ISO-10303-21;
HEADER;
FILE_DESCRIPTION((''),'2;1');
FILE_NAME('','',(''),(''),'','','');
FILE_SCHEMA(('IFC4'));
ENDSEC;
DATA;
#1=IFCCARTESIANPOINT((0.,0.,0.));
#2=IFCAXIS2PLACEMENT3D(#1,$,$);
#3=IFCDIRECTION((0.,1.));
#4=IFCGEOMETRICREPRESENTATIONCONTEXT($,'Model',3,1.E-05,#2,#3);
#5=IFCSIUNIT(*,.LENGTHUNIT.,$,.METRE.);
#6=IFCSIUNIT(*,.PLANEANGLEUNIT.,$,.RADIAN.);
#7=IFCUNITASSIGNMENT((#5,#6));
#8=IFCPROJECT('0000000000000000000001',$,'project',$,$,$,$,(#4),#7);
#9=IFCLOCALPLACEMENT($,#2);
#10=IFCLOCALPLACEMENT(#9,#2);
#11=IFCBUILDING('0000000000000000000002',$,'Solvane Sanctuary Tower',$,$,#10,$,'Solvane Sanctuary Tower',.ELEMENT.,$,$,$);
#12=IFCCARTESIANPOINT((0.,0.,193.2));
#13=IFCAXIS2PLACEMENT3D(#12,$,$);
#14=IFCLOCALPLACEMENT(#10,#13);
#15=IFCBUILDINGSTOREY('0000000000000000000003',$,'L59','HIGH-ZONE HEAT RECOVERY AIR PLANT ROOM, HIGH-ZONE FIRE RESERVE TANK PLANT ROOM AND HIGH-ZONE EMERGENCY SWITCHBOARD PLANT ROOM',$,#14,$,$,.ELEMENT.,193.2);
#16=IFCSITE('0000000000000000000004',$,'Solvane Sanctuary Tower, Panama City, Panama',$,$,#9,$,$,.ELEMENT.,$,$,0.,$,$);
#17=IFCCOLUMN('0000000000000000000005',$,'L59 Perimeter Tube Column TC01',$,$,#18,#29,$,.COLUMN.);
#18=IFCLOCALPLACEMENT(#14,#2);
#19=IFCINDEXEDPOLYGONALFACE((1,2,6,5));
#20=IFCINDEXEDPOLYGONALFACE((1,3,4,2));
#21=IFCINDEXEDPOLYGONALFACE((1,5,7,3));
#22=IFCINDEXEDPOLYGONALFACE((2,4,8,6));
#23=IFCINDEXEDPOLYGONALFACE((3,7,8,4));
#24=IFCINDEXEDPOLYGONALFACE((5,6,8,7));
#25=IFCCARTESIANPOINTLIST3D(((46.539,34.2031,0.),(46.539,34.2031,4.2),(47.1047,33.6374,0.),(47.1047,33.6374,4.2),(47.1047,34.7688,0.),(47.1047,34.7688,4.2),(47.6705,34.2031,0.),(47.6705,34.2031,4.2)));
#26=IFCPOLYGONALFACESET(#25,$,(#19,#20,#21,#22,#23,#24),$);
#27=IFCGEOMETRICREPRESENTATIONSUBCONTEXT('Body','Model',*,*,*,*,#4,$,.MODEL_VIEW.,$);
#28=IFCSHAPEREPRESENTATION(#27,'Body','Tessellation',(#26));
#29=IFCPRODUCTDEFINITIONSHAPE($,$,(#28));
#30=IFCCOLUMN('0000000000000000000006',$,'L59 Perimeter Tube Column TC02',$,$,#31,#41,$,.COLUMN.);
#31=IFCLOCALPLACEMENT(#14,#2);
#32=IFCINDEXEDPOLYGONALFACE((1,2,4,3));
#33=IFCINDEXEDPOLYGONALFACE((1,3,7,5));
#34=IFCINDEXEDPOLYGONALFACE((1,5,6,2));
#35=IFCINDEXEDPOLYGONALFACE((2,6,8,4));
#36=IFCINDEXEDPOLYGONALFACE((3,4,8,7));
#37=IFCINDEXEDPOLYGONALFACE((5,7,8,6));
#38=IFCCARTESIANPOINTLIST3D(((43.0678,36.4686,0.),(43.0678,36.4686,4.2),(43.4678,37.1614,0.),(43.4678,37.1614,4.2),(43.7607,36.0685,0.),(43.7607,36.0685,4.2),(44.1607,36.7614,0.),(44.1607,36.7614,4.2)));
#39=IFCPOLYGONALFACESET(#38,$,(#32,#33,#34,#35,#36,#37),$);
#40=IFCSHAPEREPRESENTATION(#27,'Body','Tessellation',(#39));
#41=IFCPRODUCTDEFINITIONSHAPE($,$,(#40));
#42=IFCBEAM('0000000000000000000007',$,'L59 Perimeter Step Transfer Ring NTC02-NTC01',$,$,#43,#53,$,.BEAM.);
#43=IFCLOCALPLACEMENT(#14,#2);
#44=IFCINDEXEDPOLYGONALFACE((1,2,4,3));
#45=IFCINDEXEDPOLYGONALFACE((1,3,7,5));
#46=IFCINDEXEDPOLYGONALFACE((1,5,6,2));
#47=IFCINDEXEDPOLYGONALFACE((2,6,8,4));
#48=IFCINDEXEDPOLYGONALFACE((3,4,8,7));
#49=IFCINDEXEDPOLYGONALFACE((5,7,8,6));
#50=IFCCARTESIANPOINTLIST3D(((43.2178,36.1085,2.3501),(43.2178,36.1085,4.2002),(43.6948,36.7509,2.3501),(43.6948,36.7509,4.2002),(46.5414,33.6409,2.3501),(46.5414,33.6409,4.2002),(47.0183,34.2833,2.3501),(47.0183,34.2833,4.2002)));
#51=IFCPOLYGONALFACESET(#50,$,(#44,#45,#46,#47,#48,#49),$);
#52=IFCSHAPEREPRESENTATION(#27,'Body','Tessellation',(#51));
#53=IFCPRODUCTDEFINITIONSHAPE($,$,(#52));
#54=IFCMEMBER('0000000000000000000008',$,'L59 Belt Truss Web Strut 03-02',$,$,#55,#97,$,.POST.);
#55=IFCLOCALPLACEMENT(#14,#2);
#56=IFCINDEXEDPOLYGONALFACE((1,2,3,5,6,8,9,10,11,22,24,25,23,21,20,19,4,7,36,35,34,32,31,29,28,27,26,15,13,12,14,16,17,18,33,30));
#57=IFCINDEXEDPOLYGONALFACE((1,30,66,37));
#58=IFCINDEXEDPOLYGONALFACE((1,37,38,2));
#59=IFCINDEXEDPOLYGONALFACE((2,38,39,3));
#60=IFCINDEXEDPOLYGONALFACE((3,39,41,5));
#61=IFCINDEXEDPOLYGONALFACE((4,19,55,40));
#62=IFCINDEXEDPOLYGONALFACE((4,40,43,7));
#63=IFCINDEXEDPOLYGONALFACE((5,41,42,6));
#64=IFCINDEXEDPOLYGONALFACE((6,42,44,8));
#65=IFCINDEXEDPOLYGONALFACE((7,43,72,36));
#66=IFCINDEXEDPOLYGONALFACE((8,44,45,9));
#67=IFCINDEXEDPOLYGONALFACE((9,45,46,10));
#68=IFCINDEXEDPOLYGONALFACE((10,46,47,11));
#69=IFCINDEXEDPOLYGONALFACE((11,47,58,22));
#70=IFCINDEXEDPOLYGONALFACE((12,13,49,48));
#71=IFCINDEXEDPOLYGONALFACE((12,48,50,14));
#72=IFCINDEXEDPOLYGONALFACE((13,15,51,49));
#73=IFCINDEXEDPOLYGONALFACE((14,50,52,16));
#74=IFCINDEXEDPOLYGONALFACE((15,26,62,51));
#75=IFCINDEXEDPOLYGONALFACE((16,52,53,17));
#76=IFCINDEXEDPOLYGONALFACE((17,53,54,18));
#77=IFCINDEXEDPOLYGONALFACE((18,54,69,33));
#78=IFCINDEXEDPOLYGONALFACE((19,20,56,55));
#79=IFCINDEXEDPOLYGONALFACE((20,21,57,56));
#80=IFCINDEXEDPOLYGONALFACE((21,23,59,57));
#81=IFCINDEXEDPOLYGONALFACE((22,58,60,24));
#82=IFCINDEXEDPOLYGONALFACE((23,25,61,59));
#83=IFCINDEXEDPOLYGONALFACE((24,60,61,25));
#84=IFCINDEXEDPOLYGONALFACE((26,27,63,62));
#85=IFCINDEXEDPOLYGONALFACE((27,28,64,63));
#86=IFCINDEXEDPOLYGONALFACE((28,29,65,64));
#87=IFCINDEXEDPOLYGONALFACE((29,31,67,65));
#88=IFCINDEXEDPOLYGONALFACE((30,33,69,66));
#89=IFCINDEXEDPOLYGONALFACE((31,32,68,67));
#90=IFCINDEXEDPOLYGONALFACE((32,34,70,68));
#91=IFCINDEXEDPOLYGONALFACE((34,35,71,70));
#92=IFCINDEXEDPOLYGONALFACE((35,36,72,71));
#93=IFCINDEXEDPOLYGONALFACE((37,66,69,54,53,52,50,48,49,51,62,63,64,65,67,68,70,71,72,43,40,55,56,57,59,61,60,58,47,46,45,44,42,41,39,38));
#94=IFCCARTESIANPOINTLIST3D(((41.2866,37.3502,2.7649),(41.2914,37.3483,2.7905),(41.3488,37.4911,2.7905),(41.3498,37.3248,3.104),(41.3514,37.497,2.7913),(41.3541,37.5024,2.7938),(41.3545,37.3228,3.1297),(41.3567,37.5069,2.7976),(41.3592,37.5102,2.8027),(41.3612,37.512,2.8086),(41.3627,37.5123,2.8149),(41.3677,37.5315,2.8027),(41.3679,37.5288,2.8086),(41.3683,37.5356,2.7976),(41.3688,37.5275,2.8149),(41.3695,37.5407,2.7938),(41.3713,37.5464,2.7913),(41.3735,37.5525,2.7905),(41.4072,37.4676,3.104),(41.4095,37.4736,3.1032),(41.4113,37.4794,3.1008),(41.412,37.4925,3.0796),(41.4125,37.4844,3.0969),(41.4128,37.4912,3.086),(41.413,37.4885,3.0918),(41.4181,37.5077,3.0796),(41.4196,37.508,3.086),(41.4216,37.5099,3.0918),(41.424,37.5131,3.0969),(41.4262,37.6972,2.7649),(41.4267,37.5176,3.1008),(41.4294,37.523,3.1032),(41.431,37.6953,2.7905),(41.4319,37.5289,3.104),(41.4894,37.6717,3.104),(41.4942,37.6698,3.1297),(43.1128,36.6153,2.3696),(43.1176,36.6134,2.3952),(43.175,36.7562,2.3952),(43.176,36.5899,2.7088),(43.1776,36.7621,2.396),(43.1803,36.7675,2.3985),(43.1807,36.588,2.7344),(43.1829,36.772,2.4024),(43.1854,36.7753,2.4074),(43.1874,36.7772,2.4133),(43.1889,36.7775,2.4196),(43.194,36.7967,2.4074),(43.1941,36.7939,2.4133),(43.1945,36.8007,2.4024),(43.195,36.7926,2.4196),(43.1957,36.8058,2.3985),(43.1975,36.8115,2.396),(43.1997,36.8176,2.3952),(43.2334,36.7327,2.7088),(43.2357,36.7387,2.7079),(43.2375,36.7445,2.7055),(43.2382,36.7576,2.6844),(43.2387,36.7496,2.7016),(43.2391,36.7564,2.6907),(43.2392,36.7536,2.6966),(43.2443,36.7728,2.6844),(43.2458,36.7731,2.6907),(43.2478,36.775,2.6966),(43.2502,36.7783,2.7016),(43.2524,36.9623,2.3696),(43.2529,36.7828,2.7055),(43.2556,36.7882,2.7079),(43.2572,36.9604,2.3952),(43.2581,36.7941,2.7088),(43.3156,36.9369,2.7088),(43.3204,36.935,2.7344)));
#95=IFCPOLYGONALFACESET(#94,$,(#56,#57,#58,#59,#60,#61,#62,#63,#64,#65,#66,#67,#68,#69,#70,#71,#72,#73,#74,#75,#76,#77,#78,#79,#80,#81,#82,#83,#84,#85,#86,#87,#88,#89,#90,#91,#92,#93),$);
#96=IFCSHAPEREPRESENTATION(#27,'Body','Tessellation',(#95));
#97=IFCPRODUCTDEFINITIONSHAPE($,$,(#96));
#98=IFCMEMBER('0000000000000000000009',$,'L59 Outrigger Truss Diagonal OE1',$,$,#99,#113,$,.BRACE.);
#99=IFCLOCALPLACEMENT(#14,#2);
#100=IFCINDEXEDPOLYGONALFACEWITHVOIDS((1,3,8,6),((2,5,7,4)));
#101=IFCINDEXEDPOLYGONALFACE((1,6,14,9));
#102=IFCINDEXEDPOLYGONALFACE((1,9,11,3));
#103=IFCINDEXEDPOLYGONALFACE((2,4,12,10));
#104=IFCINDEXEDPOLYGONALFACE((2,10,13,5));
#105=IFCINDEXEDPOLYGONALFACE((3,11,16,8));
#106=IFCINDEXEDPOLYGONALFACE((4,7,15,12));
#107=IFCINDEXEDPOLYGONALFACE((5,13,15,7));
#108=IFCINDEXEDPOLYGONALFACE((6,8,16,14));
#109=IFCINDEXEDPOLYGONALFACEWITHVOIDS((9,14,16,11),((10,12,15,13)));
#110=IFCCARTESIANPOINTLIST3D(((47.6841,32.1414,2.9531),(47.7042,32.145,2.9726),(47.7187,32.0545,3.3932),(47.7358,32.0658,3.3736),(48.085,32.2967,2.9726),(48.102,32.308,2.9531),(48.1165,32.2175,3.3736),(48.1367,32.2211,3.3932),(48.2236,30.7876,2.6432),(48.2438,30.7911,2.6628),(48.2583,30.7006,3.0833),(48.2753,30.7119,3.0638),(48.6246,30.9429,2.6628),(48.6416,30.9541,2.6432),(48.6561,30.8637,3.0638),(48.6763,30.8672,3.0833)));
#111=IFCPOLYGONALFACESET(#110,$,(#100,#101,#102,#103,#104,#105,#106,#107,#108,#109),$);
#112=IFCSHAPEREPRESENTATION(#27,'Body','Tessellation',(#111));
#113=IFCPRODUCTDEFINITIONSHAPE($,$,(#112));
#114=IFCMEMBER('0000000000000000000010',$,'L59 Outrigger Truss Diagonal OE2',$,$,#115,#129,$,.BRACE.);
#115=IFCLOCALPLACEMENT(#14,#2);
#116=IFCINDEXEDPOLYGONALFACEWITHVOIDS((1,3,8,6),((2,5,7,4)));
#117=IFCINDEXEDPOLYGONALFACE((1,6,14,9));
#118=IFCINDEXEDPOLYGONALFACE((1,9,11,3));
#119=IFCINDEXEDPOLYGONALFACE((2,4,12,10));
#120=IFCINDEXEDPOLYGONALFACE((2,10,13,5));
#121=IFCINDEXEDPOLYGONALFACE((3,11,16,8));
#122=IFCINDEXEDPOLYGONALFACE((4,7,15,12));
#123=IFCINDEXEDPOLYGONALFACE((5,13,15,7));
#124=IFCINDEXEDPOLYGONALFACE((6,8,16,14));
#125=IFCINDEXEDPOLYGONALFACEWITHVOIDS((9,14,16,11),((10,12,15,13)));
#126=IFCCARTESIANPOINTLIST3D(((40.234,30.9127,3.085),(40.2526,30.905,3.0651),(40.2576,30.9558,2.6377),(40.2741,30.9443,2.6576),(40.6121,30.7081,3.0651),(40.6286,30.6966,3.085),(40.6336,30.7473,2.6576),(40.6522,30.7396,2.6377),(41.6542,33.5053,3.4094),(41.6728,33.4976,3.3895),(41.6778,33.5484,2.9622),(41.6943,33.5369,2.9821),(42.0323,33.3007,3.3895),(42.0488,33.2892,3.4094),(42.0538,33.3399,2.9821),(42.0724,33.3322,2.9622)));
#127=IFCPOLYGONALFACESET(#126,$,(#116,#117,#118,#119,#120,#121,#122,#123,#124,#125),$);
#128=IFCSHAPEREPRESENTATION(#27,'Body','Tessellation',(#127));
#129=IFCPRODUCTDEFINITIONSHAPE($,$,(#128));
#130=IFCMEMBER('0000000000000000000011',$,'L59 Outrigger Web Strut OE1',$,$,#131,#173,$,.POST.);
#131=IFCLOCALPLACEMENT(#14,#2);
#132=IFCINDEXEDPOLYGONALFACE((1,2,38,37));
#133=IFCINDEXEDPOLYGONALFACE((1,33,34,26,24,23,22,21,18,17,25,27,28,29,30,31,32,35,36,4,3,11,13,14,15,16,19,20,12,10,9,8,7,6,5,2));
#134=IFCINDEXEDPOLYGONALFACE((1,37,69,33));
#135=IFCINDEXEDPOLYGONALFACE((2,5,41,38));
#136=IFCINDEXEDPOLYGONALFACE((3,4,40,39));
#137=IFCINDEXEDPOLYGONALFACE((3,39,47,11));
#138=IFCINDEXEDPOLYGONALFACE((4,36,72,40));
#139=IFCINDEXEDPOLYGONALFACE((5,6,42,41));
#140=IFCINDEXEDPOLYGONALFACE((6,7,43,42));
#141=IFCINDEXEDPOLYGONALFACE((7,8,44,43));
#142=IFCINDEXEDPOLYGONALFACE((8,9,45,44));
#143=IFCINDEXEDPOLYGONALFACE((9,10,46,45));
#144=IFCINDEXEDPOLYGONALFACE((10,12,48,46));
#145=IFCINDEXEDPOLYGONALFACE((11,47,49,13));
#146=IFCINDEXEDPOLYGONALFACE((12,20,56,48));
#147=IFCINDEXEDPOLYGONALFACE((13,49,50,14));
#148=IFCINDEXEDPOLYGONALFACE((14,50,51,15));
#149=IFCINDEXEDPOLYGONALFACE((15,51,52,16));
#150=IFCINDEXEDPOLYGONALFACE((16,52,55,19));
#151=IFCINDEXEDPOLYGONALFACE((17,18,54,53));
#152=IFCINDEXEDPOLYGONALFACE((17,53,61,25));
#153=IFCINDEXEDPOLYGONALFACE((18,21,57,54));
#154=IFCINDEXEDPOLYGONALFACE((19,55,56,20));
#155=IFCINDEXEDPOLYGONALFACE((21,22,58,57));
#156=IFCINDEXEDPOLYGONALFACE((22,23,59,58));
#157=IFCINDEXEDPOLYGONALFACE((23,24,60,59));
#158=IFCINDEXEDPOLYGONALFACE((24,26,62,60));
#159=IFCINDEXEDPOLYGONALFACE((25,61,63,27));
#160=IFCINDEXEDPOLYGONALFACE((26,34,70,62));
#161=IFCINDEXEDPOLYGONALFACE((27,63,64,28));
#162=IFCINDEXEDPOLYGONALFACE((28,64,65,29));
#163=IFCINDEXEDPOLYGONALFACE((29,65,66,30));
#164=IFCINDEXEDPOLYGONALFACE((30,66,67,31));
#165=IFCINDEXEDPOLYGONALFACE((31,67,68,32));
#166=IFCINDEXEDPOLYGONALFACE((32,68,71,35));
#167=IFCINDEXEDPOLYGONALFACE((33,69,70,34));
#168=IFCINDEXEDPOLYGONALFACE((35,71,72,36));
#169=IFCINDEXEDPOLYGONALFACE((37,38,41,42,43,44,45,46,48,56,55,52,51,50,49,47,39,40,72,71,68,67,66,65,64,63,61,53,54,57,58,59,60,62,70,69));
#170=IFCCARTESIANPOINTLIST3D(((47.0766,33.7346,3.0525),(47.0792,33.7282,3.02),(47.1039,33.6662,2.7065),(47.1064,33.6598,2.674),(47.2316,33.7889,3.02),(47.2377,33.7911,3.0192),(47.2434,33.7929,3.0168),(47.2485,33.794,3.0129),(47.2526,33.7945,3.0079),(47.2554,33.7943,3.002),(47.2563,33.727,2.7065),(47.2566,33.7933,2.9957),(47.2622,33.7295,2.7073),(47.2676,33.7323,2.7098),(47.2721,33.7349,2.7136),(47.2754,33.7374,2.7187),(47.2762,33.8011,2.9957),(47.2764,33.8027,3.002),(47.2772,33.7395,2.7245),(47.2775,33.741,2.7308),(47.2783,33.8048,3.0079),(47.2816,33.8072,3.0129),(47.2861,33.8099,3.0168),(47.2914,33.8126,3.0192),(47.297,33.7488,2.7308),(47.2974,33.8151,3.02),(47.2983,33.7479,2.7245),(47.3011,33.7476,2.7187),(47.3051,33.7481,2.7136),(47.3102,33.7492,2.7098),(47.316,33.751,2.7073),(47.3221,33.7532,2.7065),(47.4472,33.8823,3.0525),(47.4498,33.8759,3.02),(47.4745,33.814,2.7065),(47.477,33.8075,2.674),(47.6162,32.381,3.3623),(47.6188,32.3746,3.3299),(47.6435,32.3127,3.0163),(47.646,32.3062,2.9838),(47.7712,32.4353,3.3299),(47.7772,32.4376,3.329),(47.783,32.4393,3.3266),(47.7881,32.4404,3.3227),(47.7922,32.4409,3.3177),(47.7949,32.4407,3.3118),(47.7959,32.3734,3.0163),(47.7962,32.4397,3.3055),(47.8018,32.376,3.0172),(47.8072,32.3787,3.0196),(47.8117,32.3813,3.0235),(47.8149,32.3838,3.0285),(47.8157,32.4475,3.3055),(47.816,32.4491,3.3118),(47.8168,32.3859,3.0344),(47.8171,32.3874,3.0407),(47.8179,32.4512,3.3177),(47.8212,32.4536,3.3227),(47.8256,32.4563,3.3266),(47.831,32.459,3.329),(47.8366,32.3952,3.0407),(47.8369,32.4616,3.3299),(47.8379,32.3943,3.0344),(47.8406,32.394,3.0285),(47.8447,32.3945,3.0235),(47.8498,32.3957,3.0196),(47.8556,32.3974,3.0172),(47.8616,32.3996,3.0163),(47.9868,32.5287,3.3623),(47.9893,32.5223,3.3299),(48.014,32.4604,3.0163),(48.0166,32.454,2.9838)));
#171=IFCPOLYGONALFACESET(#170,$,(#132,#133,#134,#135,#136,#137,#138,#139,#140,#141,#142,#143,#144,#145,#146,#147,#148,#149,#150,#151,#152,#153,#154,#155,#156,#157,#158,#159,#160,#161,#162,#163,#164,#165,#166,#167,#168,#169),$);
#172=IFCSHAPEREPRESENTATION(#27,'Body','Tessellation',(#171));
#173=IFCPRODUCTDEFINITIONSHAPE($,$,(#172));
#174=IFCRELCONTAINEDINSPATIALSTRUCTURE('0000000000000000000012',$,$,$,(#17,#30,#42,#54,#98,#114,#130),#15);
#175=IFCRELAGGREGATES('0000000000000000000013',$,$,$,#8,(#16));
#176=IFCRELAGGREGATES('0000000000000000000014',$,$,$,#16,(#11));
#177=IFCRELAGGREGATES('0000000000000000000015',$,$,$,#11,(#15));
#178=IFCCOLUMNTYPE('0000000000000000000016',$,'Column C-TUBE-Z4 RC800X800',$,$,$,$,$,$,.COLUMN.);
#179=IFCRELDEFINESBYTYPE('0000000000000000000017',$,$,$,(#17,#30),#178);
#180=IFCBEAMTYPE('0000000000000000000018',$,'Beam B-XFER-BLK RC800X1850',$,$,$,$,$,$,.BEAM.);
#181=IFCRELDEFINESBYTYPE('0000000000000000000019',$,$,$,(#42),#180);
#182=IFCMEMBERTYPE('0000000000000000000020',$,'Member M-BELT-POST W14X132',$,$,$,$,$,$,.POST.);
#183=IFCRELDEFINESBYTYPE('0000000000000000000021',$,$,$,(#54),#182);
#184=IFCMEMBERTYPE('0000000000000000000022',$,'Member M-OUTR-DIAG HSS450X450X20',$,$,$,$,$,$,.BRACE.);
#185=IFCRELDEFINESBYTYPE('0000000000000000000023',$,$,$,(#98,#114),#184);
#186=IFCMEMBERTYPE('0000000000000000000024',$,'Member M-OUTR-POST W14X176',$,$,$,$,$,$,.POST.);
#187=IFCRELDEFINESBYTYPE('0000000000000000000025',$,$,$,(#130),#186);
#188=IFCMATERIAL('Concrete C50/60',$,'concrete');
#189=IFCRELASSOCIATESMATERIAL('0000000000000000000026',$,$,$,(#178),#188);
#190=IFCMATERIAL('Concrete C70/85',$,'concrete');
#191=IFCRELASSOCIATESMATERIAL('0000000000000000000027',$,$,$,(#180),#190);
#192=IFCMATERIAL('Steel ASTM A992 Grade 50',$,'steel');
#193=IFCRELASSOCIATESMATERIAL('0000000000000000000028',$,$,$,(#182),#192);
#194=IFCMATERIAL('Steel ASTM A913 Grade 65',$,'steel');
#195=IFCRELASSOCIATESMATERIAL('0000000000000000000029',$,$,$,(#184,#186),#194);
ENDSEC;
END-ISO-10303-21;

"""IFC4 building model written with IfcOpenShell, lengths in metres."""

from ifc_helpers import new_model, si_unit, direction, frame, origin, origin_2d, place, context, subcontext, project, spatial, rectangle, hollow_rectangle, i_section, extrude, material, material_profile, profile_set, type_object, element, save


model = new_model("IFC4")

# Units and contexts
model_context = context("Model", 3, precision=1e-05, world=origin(), true_north=direction((0.0, 1.0)))
body_context = subcontext(model_context, "Body", "Model", "MODEL_VIEW")
ifc_project = project(units=[si_unit("LENGTHUNIT", "METRE"), si_unit("PLANEANGLEUNIT", "RADIAN")], contexts=[model_context])

# Site, building, storey
site_placement = place(None, origin())
site = spatial("IfcSite", under=ifc_project, at=site_placement, Name="Solvane Sanctuary Tower, Panama City, Panama", CompositionType="ELEMENT", RefElevation=0.0)
building_placement = place(site_placement, origin())
building = spatial("IfcBuilding", under=site, at=building_placement, Name="Solvane Sanctuary Tower", LongName="Solvane Sanctuary Tower", CompositionType="ELEMENT")
storey_placement = place(building_placement, frame((0.0, 0.0, 193.2)))
storey = spatial("IfcBuildingStorey", under=building, at=storey_placement, Name="L59", Description="HIGH-ZONE HEAT RECOVERY AIR PLANT ROOM, HIGH-ZONE FIRE RESERVE TANK PLANT ROOM AND HIGH-ZONE EMERGENCY SWITCHBOARD PLANT ROOM", CompositionType="ELEMENT", Elevation=193.2)

# Columns
ifc_material_1 = material(Name="Concrete C50/60", Category="concrete")
ifc_material_profile_1 = material_profile(ifc_material_1, rectangle(XDim=0.8, YDim=0.8, at=origin_2d()), Name="RC800X800")
ifc_profile_set_1 = profile_set([ifc_material_profile_1], Name="Concrete C50/60")
column_type = type_object("IfcColumnType", Name="Column C-TUBE-Z4 RC800X800", PredefinedType="COLUMN", material=ifc_profile_set_1)
for number, where, z_axis, x_axis, name in (
    (1, (47.1047, 34.2031, 0.0), (0.0, 0.0, 1.0), (0.707107, 0.707107, 0.0), "L59 Perimeter Tube Column TC01"),
    (2, (43.6143, 36.615, 0.0), (0.0, 0.0, 1.0), (0.5, 0.866025, 0.0), "L59 Perimeter Tube Column TC02"),
):
    element("IfcColumn", number, at=place(storey_placement, frame(where, z_axis=z_axis, x_axis=x_axis)), inside=storey, type_object=column_type, Name=name, PredefinedType="COLUMN", context=body_context, shape_type="SweptSolid", body=[
        extrude(rectangle(XDim=0.8, YDim=0.8, at=origin_2d()), origin(), (0.0, 0.0, 1.0), 4.2),
    ])

# Beam
ifc_material_2 = material(Name="Concrete C70/85", Category="concrete")
ifc_material_profile_2 = material_profile(ifc_material_2, rectangle(XDim=0.8, YDim=1.8501, at=origin_2d()), Name="RC800X1850")
ifc_profile_set_2 = profile_set([ifc_material_profile_2], Name="Concrete C70/85")
beam_type = type_object("IfcBeamType", Name="Beam B-XFER-BLK RC800X1850", PredefinedType="BEAM", material=ifc_profile_set_2)
beam_placement = place(storey_placement, frame((43.4563, 36.4297, 3.2751), z_axis=(0.8029, -0.596114, 0.0), x_axis=(0.596114, 0.8029, 0.0)))
element("IfcBeam", 3, at=beam_placement, inside=storey, type_object=beam_type, Name="L59 Perimeter Step Transfer Ring NTC02-NTC01", PredefinedType="BEAM", context=body_context, shape_type="SweptSolid", body=[
    extrude(rectangle(XDim=0.8, YDim=1.8501, at=origin_2d()), origin(), (0.0, 0.0, 1.0), 4.1394),
])

# Members
ifc_material_3 = material(Name="Steel ASTM A992 Grade 50", Category="steel")
ifc_material_profile_3 = material_profile(ifc_material_3, i_section(OverallWidth=0.374, OverallDepth=0.3721, WebThickness=0.0164, FlangeThickness=0.0261, FilletRadius=0.0249, at=origin_2d()), Name="W14X132")
ifc_profile_set_3 = profile_set([ifc_material_profile_3], Name="Steel ASTM A992 Grade 50")
member_type_1 = type_object("IfcMemberType", Name="Member M-BELT-POST W14X132", PredefinedType="POST", material=ifc_profile_set_3)
member_1_placement = place(storey_placement, frame((41.3904, 37.51, 2.9473), z_axis=(0.90955, -0.366009, -0.196867), x_axis=(0.373314, 0.927705, 0.0)))
element("IfcMember", 4, at=member_1_placement, inside=storey, type_object=member_type_1, Name="L59 Belt Truss Web Strut 03-02", PredefinedType="POST", context=body_context, shape_type="SweptSolid", body=[
    extrude(i_section(OverallWidth=0.374, OverallDepth=0.3721, WebThickness=0.0164, FlangeThickness=0.0261, FilletRadius=0.0249, at=origin_2d()), origin(), (0.0, 0.0, 1.0), 2.0078),
])
ifc_material_4 = material(Name="Steel ASTM A913 Grade 65", Category="steel")
ifc_material_profile_4 = material_profile(ifc_material_4, hollow_rectangle(XDim=0.45, YDim=0.45, WallThickness=0.02, at=origin_2d()), Name="HSS450X450X20")
ifc_profile_set_4 = profile_set([ifc_material_profile_4], Name="Steel ASTM A913 Grade 65")
member_type_2 = type_object("IfcMemberType", Name="Member M-OUTR-DIAG HSS450X450X20", PredefinedType="BRACE", material=ifc_profile_set_4)
member_2_placement = place(storey_placement, frame((48.45, 30.8274, 2.8633), z_axis=(-0.362142, 0.908632, 0.207945), x_axis=(-0.928938, -0.370235, 0.0)))
element("IfcMember", 5, at=member_2_placement, inside=storey, type_object=member_type_2, Name="L59 Outrigger Truss Diagonal OE1", PredefinedType="BRACE", context=body_context, shape_type="SweptSolid", body=[
    extrude(hollow_rectangle(XDim=0.45, YDim=0.45, WallThickness=0.02, at=origin_2d()), origin(), (0.0, 0.0, 1.0), 1.49),
])
member_3_placement = place(storey_placement, frame((40.4431, 30.8262, 2.8613), z_axis=(0.477563, 0.871797, 0.109108), x_axis=(-0.877032, 0.480431, 0.0)))
element("IfcMember", 6, at=member_3_placement, inside=storey, type_object=member_type_2, Name="L59 Outrigger Truss Diagonal OE2", PredefinedType="BRACE", context=body_context, shape_type="SweptSolid", body=[
    extrude(hollow_rectangle(XDim=0.45, YDim=0.45, WallThickness=0.02, at=origin_2d()), origin(), (0.0, 0.0, 1.0), 2.9739),
])
ifc_material_profile_5 = material_profile(ifc_material_4, i_section(OverallWidth=0.3989, OverallDepth=0.387, WebThickness=0.021, FlangeThickness=0.0332, FilletRadius=0.0249, at=origin_2d()), Name="W14X176")
ifc_profile_set_5 = profile_set([ifc_material_profile_5], Name="Steel ASTM A913 Grade 65")
member_type_3 = type_object("IfcMemberType", Name="Member M-OUTR-POST W14X176", PredefinedType="POST", material=ifc_profile_set_5)
member_4_placement = place(storey_placement, frame((47.8164, 32.4175, 3.1731), z_axis=(-0.362196, 0.908603, -0.207976), x_axis=(-0.928915, -0.370293, 0.0)))
element("IfcMember", 7, at=member_4_placement, inside=storey, type_object=member_type_3, Name="L59 Outrigger Web Strut OE1", PredefinedType="POST", context=body_context, shape_type="SweptSolid", body=[
    extrude(i_section(OverallWidth=0.3989, OverallDepth=0.387, WebThickness=0.021, FlangeThickness=0.0332, FilletRadius=0.0249, at=origin_2d()), origin(), (0.0, 0.0, 1.0), 1.4897),
])

save(model, "model.ifc")
